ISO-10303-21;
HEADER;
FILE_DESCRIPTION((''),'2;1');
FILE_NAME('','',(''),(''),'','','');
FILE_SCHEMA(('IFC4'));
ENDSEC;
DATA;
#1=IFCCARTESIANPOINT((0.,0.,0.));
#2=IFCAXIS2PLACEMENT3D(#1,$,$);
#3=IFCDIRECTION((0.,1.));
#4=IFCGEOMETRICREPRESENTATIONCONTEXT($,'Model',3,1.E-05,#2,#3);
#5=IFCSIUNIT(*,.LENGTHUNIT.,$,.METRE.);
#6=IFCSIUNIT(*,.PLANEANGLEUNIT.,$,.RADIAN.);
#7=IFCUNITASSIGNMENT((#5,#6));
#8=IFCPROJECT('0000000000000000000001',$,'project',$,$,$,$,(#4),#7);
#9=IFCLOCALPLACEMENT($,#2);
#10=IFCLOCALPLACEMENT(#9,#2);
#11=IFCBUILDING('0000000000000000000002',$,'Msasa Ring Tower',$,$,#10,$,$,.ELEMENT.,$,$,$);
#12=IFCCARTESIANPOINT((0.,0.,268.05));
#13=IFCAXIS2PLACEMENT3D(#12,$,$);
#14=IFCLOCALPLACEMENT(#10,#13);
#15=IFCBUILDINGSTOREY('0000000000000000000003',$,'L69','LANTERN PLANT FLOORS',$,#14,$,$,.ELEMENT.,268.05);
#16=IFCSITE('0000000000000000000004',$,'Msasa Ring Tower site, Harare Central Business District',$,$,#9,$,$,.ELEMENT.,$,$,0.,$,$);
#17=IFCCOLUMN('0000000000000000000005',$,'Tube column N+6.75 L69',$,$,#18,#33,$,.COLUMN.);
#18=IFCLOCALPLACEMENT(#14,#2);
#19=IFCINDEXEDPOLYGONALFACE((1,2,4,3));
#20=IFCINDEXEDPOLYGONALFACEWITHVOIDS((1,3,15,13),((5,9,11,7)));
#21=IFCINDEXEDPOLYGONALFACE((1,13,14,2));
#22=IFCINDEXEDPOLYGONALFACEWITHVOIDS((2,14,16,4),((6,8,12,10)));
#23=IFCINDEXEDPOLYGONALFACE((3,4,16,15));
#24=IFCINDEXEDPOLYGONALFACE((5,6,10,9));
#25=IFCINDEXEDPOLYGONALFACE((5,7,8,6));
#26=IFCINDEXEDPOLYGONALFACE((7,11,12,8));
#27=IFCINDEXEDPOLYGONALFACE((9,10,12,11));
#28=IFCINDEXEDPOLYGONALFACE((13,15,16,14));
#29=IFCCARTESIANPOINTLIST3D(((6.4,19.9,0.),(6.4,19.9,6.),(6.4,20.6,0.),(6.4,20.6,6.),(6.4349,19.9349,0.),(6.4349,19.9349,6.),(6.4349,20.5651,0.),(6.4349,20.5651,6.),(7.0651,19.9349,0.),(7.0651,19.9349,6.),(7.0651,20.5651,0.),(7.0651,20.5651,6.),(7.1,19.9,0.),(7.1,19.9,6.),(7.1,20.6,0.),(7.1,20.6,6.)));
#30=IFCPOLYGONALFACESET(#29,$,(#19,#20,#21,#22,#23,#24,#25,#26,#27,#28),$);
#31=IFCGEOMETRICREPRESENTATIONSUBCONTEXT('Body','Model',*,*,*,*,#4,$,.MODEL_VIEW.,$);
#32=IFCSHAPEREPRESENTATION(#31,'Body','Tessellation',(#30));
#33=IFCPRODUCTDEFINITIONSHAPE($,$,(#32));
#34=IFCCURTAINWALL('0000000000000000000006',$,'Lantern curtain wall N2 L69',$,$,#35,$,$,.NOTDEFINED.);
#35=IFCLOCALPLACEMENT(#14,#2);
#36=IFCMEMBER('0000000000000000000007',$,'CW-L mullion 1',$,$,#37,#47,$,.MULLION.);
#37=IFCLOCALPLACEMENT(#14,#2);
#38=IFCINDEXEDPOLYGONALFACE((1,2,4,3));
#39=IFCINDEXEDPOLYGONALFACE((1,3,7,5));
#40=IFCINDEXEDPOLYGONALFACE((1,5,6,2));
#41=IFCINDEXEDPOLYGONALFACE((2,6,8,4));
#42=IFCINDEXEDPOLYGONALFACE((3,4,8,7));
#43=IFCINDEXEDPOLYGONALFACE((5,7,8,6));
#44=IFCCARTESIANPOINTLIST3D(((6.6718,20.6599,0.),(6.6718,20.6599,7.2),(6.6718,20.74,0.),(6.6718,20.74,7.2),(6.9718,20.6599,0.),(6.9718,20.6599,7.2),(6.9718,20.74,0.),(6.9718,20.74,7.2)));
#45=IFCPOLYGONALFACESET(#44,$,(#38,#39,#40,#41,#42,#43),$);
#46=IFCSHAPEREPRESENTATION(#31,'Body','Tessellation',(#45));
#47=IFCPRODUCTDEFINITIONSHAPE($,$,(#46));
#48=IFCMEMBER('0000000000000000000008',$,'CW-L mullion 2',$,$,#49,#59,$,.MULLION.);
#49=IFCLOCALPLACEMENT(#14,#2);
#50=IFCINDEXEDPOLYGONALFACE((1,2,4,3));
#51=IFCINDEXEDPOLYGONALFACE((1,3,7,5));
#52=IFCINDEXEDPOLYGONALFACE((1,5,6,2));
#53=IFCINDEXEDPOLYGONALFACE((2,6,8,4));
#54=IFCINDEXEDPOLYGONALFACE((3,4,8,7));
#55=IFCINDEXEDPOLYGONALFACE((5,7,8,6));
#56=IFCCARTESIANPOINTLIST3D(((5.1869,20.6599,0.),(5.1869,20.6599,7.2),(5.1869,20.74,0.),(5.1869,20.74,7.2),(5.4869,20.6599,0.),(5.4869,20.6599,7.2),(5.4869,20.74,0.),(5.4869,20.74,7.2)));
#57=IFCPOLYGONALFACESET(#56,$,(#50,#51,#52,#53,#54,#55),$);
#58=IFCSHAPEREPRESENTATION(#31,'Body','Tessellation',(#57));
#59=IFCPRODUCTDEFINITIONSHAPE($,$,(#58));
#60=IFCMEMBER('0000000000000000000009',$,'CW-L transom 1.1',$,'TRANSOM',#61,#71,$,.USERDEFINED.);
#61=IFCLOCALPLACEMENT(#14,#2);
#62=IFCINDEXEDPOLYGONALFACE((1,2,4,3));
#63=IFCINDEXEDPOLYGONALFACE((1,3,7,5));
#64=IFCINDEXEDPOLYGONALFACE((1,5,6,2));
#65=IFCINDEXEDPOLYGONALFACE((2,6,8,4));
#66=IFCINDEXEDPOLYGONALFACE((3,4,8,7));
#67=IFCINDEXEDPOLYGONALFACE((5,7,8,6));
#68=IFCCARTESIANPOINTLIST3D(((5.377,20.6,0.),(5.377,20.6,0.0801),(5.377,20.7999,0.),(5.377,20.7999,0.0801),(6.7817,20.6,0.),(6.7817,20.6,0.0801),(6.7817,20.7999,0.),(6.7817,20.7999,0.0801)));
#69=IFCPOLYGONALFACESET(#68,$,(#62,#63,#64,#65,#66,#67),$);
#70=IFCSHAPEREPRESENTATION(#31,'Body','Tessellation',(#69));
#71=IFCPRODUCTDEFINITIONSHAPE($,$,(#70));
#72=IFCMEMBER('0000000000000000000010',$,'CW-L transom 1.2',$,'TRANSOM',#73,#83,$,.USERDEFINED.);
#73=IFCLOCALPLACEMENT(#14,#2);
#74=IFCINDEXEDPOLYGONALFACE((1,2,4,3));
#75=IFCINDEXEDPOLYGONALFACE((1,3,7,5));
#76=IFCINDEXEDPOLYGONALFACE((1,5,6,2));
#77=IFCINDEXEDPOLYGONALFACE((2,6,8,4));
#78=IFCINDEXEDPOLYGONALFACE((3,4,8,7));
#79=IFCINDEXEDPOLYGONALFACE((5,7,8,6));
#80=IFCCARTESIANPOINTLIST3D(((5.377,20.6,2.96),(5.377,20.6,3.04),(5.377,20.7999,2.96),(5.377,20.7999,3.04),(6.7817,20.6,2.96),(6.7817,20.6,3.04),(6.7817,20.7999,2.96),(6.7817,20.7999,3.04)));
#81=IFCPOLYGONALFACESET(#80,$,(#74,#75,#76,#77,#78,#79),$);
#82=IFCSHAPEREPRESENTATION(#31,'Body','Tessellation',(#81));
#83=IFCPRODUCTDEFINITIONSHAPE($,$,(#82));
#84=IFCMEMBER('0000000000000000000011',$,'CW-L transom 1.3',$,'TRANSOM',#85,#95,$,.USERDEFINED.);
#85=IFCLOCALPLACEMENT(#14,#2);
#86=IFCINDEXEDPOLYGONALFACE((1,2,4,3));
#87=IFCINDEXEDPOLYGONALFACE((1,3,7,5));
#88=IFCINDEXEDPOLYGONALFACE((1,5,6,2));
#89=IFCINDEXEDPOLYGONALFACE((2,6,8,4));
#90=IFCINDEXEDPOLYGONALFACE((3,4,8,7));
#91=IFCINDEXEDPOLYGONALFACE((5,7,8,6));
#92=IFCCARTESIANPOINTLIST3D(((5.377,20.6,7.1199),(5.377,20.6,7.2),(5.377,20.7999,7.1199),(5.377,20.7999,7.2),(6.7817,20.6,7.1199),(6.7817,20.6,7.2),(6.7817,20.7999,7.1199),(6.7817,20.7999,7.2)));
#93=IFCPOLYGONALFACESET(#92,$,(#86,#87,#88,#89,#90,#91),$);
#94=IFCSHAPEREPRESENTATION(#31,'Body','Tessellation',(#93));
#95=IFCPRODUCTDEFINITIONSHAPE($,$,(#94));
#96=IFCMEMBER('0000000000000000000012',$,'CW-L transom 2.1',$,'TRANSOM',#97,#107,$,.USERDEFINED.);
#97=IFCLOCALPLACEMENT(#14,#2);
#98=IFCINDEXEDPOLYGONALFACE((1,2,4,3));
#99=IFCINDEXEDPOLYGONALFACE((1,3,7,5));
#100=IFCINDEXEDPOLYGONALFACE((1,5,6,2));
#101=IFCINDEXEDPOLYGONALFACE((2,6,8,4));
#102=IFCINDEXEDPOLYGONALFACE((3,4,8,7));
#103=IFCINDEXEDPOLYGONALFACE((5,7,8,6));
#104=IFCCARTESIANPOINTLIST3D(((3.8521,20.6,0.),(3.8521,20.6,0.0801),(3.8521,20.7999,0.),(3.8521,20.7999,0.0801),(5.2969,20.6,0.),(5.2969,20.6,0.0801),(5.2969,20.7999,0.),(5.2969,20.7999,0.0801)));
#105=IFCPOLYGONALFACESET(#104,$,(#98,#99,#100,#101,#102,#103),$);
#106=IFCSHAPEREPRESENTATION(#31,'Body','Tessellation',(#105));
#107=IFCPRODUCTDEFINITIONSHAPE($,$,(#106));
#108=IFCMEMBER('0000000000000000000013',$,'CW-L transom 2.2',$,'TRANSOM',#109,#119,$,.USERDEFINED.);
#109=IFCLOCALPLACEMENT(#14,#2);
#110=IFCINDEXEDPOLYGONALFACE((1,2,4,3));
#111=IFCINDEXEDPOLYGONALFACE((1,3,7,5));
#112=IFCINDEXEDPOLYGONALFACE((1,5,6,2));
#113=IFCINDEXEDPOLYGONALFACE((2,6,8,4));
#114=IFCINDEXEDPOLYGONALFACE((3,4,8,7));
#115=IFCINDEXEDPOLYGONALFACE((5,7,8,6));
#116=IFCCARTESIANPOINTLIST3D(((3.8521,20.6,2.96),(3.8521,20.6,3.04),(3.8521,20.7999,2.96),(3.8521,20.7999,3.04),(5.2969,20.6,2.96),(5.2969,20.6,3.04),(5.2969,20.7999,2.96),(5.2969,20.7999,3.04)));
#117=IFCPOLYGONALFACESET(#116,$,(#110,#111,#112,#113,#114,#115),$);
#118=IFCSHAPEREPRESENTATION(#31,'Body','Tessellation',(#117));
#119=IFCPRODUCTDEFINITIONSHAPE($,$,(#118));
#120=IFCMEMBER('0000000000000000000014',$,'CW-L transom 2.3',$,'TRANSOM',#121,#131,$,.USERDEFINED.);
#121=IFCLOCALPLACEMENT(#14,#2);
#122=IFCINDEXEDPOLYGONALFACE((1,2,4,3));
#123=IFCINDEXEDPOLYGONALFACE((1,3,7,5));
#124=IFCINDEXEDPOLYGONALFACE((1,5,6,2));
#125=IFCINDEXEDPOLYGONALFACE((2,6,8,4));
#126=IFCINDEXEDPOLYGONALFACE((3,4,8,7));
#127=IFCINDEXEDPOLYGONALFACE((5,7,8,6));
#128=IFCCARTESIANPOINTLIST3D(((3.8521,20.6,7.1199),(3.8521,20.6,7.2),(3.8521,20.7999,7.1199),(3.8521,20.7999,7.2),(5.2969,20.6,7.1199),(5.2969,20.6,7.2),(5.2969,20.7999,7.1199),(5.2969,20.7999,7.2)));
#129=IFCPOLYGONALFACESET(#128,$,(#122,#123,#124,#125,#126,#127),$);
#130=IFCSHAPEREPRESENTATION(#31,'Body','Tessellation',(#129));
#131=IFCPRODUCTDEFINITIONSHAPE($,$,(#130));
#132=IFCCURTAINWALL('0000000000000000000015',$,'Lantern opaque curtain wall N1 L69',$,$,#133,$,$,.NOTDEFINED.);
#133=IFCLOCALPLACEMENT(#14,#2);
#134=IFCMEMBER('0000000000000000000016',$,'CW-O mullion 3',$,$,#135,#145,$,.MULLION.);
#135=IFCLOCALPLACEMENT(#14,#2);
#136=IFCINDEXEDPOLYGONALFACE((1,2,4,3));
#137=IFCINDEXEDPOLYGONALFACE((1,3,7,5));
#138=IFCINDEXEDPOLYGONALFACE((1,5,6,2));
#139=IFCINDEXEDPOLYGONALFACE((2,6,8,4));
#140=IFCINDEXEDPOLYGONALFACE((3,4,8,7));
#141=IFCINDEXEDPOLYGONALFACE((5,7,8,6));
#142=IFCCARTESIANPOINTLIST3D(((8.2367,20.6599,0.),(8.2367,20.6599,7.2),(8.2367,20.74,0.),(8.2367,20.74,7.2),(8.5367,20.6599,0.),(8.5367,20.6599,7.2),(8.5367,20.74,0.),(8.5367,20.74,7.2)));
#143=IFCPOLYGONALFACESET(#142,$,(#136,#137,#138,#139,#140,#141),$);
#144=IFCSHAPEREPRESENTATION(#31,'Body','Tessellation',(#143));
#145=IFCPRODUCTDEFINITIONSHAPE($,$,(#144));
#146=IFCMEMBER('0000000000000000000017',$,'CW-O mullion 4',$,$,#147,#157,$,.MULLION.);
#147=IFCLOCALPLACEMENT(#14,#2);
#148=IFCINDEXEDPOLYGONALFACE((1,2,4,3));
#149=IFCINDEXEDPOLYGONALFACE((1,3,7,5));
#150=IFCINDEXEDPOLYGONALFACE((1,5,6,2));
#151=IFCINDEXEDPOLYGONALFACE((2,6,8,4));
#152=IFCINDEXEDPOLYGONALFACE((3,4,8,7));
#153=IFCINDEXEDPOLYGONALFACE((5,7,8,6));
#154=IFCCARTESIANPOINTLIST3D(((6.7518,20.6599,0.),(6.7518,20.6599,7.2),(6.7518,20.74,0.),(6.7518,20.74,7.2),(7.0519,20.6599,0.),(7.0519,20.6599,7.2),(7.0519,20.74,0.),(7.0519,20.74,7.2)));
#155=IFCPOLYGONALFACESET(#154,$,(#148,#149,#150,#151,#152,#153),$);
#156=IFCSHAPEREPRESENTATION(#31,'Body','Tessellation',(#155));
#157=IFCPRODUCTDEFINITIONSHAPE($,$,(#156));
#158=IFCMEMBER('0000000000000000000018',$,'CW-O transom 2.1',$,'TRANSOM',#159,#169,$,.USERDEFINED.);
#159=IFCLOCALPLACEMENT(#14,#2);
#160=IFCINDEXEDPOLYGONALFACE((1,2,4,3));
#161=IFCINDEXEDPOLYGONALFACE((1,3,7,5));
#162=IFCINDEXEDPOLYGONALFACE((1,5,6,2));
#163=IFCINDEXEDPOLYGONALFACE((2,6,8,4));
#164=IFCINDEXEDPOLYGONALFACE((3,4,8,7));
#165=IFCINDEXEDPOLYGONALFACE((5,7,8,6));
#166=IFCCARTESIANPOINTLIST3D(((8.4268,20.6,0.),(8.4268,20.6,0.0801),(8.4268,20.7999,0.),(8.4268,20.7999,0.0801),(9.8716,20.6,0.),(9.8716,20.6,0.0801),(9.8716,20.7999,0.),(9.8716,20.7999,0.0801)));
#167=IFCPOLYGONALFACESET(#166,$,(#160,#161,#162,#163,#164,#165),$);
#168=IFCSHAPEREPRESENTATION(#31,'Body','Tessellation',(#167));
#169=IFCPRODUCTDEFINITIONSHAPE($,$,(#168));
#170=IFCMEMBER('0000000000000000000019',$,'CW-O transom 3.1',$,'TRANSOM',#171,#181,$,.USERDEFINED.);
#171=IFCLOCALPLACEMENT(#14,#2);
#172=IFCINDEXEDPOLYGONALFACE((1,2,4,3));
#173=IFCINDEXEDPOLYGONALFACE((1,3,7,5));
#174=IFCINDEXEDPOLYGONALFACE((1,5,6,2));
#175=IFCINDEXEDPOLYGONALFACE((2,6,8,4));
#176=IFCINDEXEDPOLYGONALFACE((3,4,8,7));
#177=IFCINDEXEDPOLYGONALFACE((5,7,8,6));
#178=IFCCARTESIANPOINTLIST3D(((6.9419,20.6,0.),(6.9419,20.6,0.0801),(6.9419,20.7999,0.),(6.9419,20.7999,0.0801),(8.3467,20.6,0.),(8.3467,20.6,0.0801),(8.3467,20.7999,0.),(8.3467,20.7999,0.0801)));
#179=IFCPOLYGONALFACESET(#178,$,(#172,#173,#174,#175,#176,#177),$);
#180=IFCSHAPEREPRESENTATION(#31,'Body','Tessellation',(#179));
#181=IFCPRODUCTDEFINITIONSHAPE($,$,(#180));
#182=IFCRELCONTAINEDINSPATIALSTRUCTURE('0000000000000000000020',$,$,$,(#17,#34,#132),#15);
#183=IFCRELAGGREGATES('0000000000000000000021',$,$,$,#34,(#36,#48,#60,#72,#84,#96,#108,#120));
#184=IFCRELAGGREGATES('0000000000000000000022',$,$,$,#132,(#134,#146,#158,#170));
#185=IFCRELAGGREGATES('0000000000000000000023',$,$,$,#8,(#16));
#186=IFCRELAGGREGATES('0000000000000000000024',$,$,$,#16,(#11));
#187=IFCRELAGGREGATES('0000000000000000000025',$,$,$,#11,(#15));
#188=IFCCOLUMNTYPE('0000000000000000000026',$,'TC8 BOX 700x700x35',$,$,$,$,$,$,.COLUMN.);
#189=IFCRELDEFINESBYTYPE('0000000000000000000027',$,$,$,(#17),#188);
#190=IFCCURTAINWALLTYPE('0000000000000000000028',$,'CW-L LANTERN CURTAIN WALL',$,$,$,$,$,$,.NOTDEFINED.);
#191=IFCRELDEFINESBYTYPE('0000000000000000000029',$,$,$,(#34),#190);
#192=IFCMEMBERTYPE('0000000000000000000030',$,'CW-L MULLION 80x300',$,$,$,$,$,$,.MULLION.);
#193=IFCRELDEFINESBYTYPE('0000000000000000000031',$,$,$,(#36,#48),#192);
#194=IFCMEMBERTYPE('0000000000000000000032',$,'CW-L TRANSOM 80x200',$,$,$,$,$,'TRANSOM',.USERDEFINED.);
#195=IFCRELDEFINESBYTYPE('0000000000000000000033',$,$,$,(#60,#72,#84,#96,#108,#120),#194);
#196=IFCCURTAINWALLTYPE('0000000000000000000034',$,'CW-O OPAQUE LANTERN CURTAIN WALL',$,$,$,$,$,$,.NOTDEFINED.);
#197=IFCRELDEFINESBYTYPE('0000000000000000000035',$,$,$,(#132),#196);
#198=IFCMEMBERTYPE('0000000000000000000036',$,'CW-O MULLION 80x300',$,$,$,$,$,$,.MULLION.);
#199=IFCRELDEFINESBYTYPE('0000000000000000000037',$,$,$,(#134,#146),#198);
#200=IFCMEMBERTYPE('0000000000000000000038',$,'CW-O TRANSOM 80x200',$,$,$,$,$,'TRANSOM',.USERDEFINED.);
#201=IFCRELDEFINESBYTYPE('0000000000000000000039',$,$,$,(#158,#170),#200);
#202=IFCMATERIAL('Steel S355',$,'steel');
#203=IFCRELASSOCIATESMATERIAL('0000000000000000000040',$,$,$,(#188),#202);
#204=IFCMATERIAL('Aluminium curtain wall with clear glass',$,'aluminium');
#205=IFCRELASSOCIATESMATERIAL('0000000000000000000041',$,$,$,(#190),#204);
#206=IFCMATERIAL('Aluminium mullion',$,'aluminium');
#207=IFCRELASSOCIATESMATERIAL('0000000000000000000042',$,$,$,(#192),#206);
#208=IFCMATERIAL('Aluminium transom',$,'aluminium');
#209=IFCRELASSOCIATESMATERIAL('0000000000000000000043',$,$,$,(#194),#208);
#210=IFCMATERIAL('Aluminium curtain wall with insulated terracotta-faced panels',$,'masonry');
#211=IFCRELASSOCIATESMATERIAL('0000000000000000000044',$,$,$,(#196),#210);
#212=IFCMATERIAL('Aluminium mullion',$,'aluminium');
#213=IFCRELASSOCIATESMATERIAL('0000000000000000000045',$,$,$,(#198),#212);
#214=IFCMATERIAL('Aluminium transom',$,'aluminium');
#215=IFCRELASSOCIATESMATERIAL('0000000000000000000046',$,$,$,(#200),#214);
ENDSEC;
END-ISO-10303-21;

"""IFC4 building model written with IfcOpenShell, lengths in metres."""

from ifc_helpers import new_model, si_unit, direction, frame, origin, origin_2d, place, context, subcontext, project, spatial, rectangle, hollow_rectangle, extrude, material, material_profile, profile_set, type_object, element, aggregate, save


model = new_model("IFC4")

# Units and contexts
model_context = context("Model", 3, precision=1e-05, world=origin(), true_north=direction((0.0, 1.0)))
body_context = subcontext(model_context, "Body", "Model", "MODEL_VIEW")
ifc_project = project(units=[si_unit("LENGTHUNIT", "METRE"), si_unit("PLANEANGLEUNIT", "RADIAN")], contexts=[model_context])

# Site, building, storey
site_placement = place(None, origin())
site = spatial("IfcSite", under=ifc_project, at=site_placement, Name="Msasa Ring Tower site, Harare Central Business District", CompositionType="ELEMENT", RefElevation=0.0)
building_placement = place(site_placement, origin())
building = spatial("IfcBuilding", under=site, at=building_placement, Name="Msasa Ring Tower", CompositionType="ELEMENT")
storey_placement = place(building_placement, frame((0.0, 0.0, 268.05)))
storey = spatial("IfcBuildingStorey", under=building, at=storey_placement, Name="L69", Description="LANTERN PLANT FLOORS", CompositionType="ELEMENT", Elevation=268.05)

# Column
ifc_material_1 = material(Name="Steel S355", Category="steel")
ifc_material_profile_1 = material_profile(ifc_material_1, hollow_rectangle(XDim=0.7, YDim=0.7, WallThickness=0.0349, at=origin_2d()), Name="BOX 700x700x35")
ifc_profile_set_1 = profile_set([ifc_material_profile_1], Name="Steel S355")
column_type = type_object("IfcColumnType", Name="TC8 BOX 700x700x35", PredefinedType="COLUMN", material=ifc_profile_set_1)
column_placement = place(storey_placement, frame((6.75, 20.25, 0.0), z_axis=(0.0, 0.0, 1.0), x_axis=(0.0, 1.0, 0.0)))
element("IfcColumn", 1, at=column_placement, inside=storey, type_object=column_type, Name="Tube column N+6.75 L69", PredefinedType="COLUMN", context=body_context, shape_type="SweptSolid", body=[
    extrude(hollow_rectangle(XDim=0.7, YDim=0.7, WallThickness=0.0349, at=origin_2d()), origin(), (0.0, 0.0, 1.0), 6.0),
])

# Curtain walls, members
ifc_material_2 = material(Name="Aluminium curtain wall with clear glass", Category="aluminium")
curtain_wall_type_1 = type_object("IfcCurtainWallType", Name="CW-L LANTERN CURTAIN WALL", PredefinedType="NOTDEFINED", material=ifc_material_2)
curtain_wall_1_placement = place(storey_placement, origin())
curtain_wall_1 = element("IfcCurtainWall", 2, at=curtain_wall_1_placement, inside=storey, type_object=curtain_wall_type_1, Name="Lantern curtain wall N2 L69", PredefinedType="NOTDEFINED")
ifc_material_3 = material(Name="Aluminium mullion", Category="aluminium")
ifc_material_profile_2 = material_profile(ifc_material_3, rectangle(XDim=0.0801, YDim=0.3, at=origin_2d()), Name="AL 80x300")
ifc_profile_set_2 = profile_set([ifc_material_profile_2], Name="Aluminium mullion")
member_type_1 = type_object("IfcMemberType", Name="CW-L MULLION 80x300", PredefinedType="MULLION", material=ifc_profile_set_2)
member_1_placement = place(storey_placement, frame((6.8218, 20.7, 0.0), z_axis=(0.0, 0.0, 1.0), x_axis=(0.0, -1.0, 0.0)))
member_1 = element("IfcMember", 3, at=member_1_placement, type_object=member_type_1, Name="CW-L mullion 1", PredefinedType="MULLION", context=body_context, shape_type="SweptSolid", body=[
    extrude(rectangle(XDim=0.0801, YDim=0.3, at=origin_2d()), origin(), (0.0, 0.0, 1.0), 7.2),
])
member_2_placement = place(storey_placement, frame((5.3369, 20.7, 0.0), z_axis=(0.0, 0.0, 1.0), x_axis=(0.0, -1.0, 0.0)))
member_2 = element("IfcMember", 4, at=member_2_placement, type_object=member_type_1, Name="CW-L mullion 2", PredefinedType="MULLION", context=body_context, shape_type="SweptSolid", body=[
    extrude(rectangle(XDim=0.0801, YDim=0.3, at=origin_2d()), origin(), (0.0, 0.0, 1.0), 7.2),
])
ifc_material_4 = material(Name="Aluminium transom", Category="aluminium")
ifc_material_profile_3 = material_profile(ifc_material_4, rectangle(XDim=0.2, YDim=0.0801, at=origin_2d()), Name="AL 80x200")
ifc_profile_set_3 = profile_set([ifc_material_profile_3], Name="Aluminium transom")
member_type_2 = type_object("IfcMemberType", Name="CW-L TRANSOM 80x200", ElementType="TRANSOM", PredefinedType="USERDEFINED", material=ifc_profile_set_3)
member_3_placement = place(storey_placement, frame((6.7817, 20.7, 0.04), z_axis=(-1.0, 0.0, 0.0), x_axis=(0.0, -1.0, 0.0)))
member_3 = element("IfcMember", 5, at=member_3_placement, type_object=member_type_2, Name="CW-L transom 1.1", ObjectType="TRANSOM", PredefinedType="USERDEFINED", context=body_context, shape_type="SweptSolid", body=[
    extrude(rectangle(XDim=0.2, YDim=0.0801, at=origin_2d()), origin(), (0.0, 0.0, 1.0), 1.4048),
])
member_4_placement = place(storey_placement, frame((6.7817, 20.7, 3.0), z_axis=(-1.0, 0.0, 0.0), x_axis=(0.0, -1.0, 0.0)))
member_4 = element("IfcMember", 6, at=member_4_placement, type_object=member_type_2, Name="CW-L transom 1.2", ObjectType="TRANSOM", PredefinedType="USERDEFINED", context=body_context, shape_type="SweptSolid", body=[
    extrude(rectangle(XDim=0.2, YDim=0.0801, at=origin_2d()), origin(), (0.0, 0.0, 1.0), 1.4048),
])
member_5_placement = place(storey_placement, frame((6.7817, 20.7, 7.1599), z_axis=(-1.0, 0.0, 0.0), x_axis=(0.0, -1.0, 0.0)))
member_5 = element("IfcMember", 7, at=member_5_placement, type_object=member_type_2, Name="CW-L transom 1.3", ObjectType="TRANSOM", PredefinedType="USERDEFINED", context=body_context, shape_type="SweptSolid", body=[
    extrude(rectangle(XDim=0.2, YDim=0.0801, at=origin_2d()), origin(), (0.0, 0.0, 1.0), 1.4048),
])
member_6_placement = place(storey_placement, frame((5.2969, 20.7, 0.04), z_axis=(-1.0, 0.0, 0.0), x_axis=(0.0, -1.0, 0.0)))
member_6 = element("IfcMember", 8, at=member_6_placement, type_object=member_type_2, Name="CW-L transom 2.1", ObjectType="TRANSOM", PredefinedType="USERDEFINED", context=body_context, shape_type="SweptSolid", body=[
    extrude(rectangle(XDim=0.2, YDim=0.0801, at=origin_2d()), origin(), (0.0, 0.0, 1.0), 1.4448),
])
member_7_placement = place(storey_placement, frame((5.2969, 20.7, 3.0), z_axis=(-1.0, 0.0, 0.0), x_axis=(0.0, -1.0, 0.0)))
member_7 = element("IfcMember", 9, at=member_7_placement, type_object=member_type_2, Name="CW-L transom 2.2", ObjectType="TRANSOM", PredefinedType="USERDEFINED", context=body_context, shape_type="SweptSolid", body=[
    extrude(rectangle(XDim=0.2, YDim=0.0801, at=origin_2d()), origin(), (0.0, 0.0, 1.0), 1.4448),
])
member_8_placement = place(storey_placement, frame((5.2969, 20.7, 7.1599), z_axis=(-1.0, 0.0, 0.0), x_axis=(0.0, -1.0, 0.0)))
member_8 = element("IfcMember", 10, at=member_8_placement, type_object=member_type_2, Name="CW-L transom 2.3", ObjectType="TRANSOM", PredefinedType="USERDEFINED", context=body_context, shape_type="SweptSolid", body=[
    extrude(rectangle(XDim=0.2, YDim=0.0801, at=origin_2d()), origin(), (0.0, 0.0, 1.0), 1.4448),
])
ifc_material_5 = material(Name="Aluminium curtain wall with insulated terracotta-faced panels", Category="masonry")
curtain_wall_type_2 = type_object("IfcCurtainWallType", Name="CW-O OPAQUE LANTERN CURTAIN WALL", PredefinedType="NOTDEFINED", material=ifc_material_5)
curtain_wall_2_placement = place(storey_placement, origin())
curtain_wall_2 = element("IfcCurtainWall", 11, at=curtain_wall_2_placement, inside=storey, type_object=curtain_wall_type_2, Name="Lantern opaque curtain wall N1 L69", PredefinedType="NOTDEFINED")
ifc_material_6 = material(Name="Aluminium mullion", Category="aluminium")
ifc_material_profile_4 = material_profile(ifc_material_6, rectangle(XDim=0.0801, YDim=0.3, at=origin_2d()), Name="AL 80x300")
ifc_profile_set_4 = profile_set([ifc_material_profile_4], Name="Aluminium mullion")
member_type_3 = type_object("IfcMemberType", Name="CW-O MULLION 80x300", PredefinedType="MULLION", material=ifc_profile_set_4)
member_9_placement = place(storey_placement, frame((8.3867, 20.7, 0.0), z_axis=(0.0, 0.0, 1.0), x_axis=(0.0, -1.0, 0.0)))
member_9 = element("IfcMember", 12, at=member_9_placement, type_object=member_type_3, Name="CW-O mullion 3", PredefinedType="MULLION", context=body_context, shape_type="SweptSolid", body=[
    extrude(rectangle(XDim=0.0801, YDim=0.3, at=origin_2d()), origin(), (0.0, 0.0, 1.0), 7.2),
])
member_10_placement = place(storey_placement, frame((6.9019, 20.7, 0.0), z_axis=(0.0, 0.0, 1.0), x_axis=(0.0, -1.0, 0.0)))
member_10 = element("IfcMember", 13, at=member_10_placement, type_object=member_type_3, Name="CW-O mullion 4", PredefinedType="MULLION", context=body_context, shape_type="SweptSolid", body=[
    extrude(rectangle(XDim=0.0801, YDim=0.3, at=origin_2d()), origin(), (0.0, 0.0, 1.0), 7.2),
])
ifc_material_7 = material(Name="Aluminium transom", Category="aluminium")
ifc_material_profile_5 = material_profile(ifc_material_7, rectangle(XDim=0.2, YDim=0.0801, at=origin_2d()), Name="AL 80x200")
ifc_profile_set_5 = profile_set([ifc_material_profile_5], Name="Aluminium transom")
member_type_4 = type_object("IfcMemberType", Name="CW-O TRANSOM 80x200", ElementType="TRANSOM", PredefinedType="USERDEFINED", material=ifc_profile_set_5)
member_11_placement = place(storey_placement, frame((9.8716, 20.7, 0.04), z_axis=(-1.0, 0.0, 0.0), x_axis=(0.0, -1.0, 0.0)))
member_11 = element("IfcMember", 14, at=member_11_placement, type_object=member_type_4, Name="CW-O transom 2.1", ObjectType="TRANSOM", PredefinedType="USERDEFINED", context=body_context, shape_type="SweptSolid", body=[
    extrude(rectangle(XDim=0.2, YDim=0.0801, at=origin_2d()), origin(), (0.0, 0.0, 1.0), 1.4448),
])
member_12_placement = place(storey_placement, frame((8.3467, 20.7, 0.04), z_axis=(-1.0, 0.0, 0.0), x_axis=(0.0, -1.0, 0.0)))
member_12 = element("IfcMember", 15, at=member_12_placement, type_object=member_type_4, Name="CW-O transom 3.1", ObjectType="TRANSOM", PredefinedType="USERDEFINED", context=body_context, shape_type="SweptSolid", body=[
    extrude(rectangle(XDim=0.2, YDim=0.0801, at=origin_2d()), origin(), (0.0, 0.0, 1.0), 1.4048),
])

aggregate(curtain_wall_1, [member_1, member_2, member_3, member_4, member_5, member_6, member_7, member_8])
aggregate(curtain_wall_2, [member_9, member_10, member_11, member_12])

save(model, "model.ifc")
